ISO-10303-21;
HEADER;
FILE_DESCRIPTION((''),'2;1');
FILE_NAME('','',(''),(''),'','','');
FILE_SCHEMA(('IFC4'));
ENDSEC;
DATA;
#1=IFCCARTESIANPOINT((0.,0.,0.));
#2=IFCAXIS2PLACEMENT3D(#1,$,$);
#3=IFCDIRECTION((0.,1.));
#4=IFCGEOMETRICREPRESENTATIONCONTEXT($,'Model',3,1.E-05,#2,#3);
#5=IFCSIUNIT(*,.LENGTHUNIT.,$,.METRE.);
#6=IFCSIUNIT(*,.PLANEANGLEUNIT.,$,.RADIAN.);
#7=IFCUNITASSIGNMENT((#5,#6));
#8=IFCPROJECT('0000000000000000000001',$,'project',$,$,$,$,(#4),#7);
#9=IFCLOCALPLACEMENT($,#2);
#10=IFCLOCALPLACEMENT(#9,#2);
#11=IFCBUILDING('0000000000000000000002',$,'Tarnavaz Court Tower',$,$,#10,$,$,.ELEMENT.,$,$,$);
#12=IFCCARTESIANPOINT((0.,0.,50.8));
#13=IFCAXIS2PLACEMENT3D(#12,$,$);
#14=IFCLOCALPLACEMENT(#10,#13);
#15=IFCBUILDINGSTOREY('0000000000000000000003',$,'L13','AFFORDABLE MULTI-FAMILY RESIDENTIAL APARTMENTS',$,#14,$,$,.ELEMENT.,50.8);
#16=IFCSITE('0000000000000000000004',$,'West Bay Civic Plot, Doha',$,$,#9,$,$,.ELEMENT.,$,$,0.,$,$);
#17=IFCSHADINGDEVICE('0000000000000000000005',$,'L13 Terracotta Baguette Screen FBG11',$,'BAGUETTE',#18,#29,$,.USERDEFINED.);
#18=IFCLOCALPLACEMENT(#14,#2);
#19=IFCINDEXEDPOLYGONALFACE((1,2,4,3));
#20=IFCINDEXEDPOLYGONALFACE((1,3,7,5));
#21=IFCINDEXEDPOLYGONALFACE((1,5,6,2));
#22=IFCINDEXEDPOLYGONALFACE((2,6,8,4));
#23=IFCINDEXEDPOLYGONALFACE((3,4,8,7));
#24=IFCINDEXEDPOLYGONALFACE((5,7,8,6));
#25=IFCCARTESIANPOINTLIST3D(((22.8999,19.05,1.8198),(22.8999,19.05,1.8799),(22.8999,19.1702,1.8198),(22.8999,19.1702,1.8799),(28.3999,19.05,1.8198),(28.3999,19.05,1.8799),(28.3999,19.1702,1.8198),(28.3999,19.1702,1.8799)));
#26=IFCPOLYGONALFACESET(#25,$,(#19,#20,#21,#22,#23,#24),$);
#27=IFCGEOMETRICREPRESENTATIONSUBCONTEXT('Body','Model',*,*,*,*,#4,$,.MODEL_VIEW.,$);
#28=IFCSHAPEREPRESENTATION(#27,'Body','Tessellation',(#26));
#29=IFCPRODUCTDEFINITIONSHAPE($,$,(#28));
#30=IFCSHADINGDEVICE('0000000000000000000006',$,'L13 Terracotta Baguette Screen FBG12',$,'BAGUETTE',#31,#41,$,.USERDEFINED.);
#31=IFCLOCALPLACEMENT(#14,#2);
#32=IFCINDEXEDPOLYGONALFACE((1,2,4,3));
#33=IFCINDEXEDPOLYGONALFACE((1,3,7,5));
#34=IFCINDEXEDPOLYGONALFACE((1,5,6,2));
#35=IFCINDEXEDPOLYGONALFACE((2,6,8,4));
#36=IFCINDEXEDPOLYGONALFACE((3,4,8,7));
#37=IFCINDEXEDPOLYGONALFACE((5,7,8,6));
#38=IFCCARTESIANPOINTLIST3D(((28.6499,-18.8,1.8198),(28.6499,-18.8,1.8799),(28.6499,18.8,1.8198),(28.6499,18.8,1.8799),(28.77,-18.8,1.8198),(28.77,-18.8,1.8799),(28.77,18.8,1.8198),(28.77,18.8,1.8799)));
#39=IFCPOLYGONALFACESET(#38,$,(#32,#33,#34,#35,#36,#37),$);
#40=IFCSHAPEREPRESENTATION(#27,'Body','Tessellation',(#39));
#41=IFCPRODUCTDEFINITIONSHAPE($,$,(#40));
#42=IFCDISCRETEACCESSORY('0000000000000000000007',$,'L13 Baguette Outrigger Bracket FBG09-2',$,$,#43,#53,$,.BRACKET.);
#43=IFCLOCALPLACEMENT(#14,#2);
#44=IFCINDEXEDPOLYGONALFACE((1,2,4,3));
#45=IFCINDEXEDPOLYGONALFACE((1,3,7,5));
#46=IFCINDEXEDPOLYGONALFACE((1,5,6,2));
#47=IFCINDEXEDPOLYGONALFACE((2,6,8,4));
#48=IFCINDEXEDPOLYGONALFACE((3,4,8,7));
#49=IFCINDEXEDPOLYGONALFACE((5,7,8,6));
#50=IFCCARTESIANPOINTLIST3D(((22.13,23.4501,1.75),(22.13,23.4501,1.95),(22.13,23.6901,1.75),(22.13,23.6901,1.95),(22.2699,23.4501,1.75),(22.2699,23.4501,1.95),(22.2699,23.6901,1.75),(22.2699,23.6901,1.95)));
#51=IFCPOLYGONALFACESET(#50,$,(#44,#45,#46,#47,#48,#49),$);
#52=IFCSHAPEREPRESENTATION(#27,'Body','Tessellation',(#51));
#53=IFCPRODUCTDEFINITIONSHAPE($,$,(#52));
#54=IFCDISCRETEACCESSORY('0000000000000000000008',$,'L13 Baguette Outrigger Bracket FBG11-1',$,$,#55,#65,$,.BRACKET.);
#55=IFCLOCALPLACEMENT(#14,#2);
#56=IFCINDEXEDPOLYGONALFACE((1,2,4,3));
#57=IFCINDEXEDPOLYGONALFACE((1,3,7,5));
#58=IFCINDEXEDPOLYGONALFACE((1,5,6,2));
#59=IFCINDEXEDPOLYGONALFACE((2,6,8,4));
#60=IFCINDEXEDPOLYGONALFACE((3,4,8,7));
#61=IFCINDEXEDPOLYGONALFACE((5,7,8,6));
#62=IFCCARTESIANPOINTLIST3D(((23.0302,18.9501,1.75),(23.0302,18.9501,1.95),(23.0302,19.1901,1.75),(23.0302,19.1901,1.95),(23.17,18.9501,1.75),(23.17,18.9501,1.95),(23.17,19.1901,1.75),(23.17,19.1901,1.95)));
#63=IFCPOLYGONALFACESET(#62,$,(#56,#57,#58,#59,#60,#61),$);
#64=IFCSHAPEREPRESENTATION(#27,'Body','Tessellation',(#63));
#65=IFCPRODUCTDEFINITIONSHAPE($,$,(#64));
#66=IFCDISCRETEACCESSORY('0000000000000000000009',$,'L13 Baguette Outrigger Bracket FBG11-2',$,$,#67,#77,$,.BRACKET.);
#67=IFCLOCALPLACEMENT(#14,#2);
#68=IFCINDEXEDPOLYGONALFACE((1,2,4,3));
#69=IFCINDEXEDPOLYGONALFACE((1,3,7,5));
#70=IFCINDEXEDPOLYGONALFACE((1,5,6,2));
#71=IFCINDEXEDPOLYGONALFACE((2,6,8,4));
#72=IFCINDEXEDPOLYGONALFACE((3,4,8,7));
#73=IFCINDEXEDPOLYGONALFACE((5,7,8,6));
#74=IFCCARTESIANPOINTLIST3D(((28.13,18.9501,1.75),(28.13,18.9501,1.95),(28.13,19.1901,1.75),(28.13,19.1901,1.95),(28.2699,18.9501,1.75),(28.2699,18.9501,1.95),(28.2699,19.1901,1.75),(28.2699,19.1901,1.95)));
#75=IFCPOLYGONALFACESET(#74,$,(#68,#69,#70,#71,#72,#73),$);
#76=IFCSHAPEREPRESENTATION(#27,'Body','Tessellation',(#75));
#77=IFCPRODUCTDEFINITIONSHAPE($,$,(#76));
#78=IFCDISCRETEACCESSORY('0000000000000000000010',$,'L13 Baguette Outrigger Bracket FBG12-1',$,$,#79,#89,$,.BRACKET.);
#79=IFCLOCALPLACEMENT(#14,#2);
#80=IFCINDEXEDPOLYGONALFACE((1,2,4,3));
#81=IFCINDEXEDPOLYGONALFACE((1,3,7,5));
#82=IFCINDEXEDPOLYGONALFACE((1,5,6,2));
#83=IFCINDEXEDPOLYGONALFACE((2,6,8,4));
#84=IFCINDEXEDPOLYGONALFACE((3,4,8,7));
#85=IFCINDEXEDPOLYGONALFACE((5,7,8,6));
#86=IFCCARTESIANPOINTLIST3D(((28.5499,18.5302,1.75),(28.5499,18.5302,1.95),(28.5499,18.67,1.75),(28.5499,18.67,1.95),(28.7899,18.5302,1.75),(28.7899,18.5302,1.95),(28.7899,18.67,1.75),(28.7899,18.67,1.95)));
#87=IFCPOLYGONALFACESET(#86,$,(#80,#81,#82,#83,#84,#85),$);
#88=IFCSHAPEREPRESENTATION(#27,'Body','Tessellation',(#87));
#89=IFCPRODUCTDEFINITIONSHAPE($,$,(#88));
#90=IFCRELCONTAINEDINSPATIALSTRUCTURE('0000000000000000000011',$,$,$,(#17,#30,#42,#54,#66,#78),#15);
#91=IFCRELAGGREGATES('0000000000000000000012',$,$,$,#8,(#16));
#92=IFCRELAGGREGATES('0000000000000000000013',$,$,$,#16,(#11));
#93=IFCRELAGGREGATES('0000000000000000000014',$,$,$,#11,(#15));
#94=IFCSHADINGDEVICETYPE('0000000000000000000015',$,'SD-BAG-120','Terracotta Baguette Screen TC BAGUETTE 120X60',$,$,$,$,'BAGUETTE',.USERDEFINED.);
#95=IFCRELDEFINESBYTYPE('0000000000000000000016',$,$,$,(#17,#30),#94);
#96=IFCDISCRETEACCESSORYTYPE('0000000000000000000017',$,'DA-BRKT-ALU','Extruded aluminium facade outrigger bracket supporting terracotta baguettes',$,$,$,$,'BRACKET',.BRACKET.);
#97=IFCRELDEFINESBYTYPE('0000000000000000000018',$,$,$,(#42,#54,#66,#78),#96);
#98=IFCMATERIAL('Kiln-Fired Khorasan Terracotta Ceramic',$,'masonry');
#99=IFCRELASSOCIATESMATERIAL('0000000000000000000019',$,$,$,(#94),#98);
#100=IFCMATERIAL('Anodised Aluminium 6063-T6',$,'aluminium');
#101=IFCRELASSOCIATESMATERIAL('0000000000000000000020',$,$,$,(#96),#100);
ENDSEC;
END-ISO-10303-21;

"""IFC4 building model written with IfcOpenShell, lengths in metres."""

from ifc_helpers import new_model, si_unit, direction, frame, origin, origin_2d, place, context, subcontext, project, spatial, rectangle, extrude, material, material_profile, profile_set, type_object, element, save


model = new_model("IFC4")

# Units and contexts
model_context = context("Model", 3, precision=1e-05, world=origin(), true_north=direction((0.0, 1.0)))
body_context = subcontext(model_context, "Body", "Model", "MODEL_VIEW")
ifc_project = project(units=[si_unit("LENGTHUNIT", "METRE"), si_unit("PLANEANGLEUNIT", "RADIAN")], contexts=[model_context])

# Site, building, storey
site_placement = place(None, origin())
site = spatial("IfcSite", under=ifc_project, at=site_placement, Name="West Bay Civic Plot, Doha", CompositionType="ELEMENT", RefElevation=0.0)
building_placement = place(site_placement, origin())
building = spatial("IfcBuilding", under=site, at=building_placement, Name="Tarnavaz Court Tower", CompositionType="ELEMENT")
storey_placement = place(building_placement, frame((0.0, 0.0, 50.8)))
storey = spatial("IfcBuildingStorey", under=building, at=storey_placement, Name="L13", Description="AFFORDABLE MULTI-FAMILY RESIDENTIAL APARTMENTS", CompositionType="ELEMENT", Elevation=50.8)

# Shading devices
ifc_material_1 = material(Name="Kiln-Fired Khorasan Terracotta Ceramic", Category="masonry")
ifc_material_profile_1 = material_profile(ifc_material_1, rectangle(XDim=0.1201, YDim=0.0601, at=origin_2d()), Name="TC BAGUETTE 120X60")
ifc_profile_set_1 = profile_set([ifc_material_profile_1], Name="Kiln-Fired Khorasan Terracotta Ceramic")
shading_device_type = type_object("IfcShadingDeviceType", Name="SD-BAG-120", Description="Terracotta Baguette Screen TC BAGUETTE 120X60", ElementType="BAGUETTE", PredefinedType="USERDEFINED", material=ifc_profile_set_1)
shading_device_1_placement = place(storey_placement, frame((22.8999, 19.1101, 1.8499), z_axis=(1.0, 0.0, 0.0), x_axis=(0.0, 1.0, 0.0)))
element("IfcShadingDevice", 1, at=shading_device_1_placement, inside=storey, type_object=shading_device_type, Name="L13 Terracotta Baguette Screen FBG11", ObjectType="BAGUETTE", PredefinedType="USERDEFINED", context=body_context, shape_type="SweptSolid", body=[
    extrude(rectangle(XDim=0.1201, YDim=0.0601, at=origin_2d()), origin(), (0.0, 0.0, 1.0), 5.5),
])
shading_device_2_placement = place(storey_placement, frame((28.71, 18.8, 1.8499), z_axis=(0.0, -1.0, 0.0), x_axis=(1.0, 0.0, 0.0)))
element("IfcShadingDevice", 2, at=shading_device_2_placement, inside=storey, type_object=shading_device_type, Name="L13 Terracotta Baguette Screen FBG12", ObjectType="BAGUETTE", PredefinedType="USERDEFINED", context=body_context, shape_type="SweptSolid", body=[
    extrude(rectangle(XDim=0.1201, YDim=0.0601, at=origin_2d()), origin(), (0.0, 0.0, 1.0), 37.6001),
])

# Discrete accessories
ifc_material_2 = material(Name="Anodised Aluminium 6063-T6", Category="aluminium")
discrete_accessory_type = type_object("IfcDiscreteAccessoryType", Name="DA-BRKT-ALU", Description="Extruded aluminium facade outrigger bracket supporting terracotta baguettes", ElementType="BRACKET", PredefinedType="BRACKET", material=ifc_material_2)
for number, where, z_axis, x_axis, name in (
    (3, (22.2, 23.5701, 1.75), (0.0, 0.0, 1.0), (1.0, 0.0, 0.0), "L13 Baguette Outrigger Bracket FBG09-2"),
    (4, (23.1001, 19.0701, 1.75), (0.0, 0.0, 1.0), (1.0, 0.0, 0.0), "L13 Baguette Outrigger Bracket FBG11-1"),
    (5, (28.2, 19.0701, 1.75), (0.0, 0.0, 1.0), (1.0, 0.0, 0.0), "L13 Baguette Outrigger Bracket FBG11-2"),
    (6, (28.6699, 18.6001, 1.75), (0.0, 0.0, 1.0), (0.0, -1.0, 0.0), "L13 Baguette Outrigger Bracket FBG12-1"),
):
    element("IfcDiscreteAccessory", number, at=place(storey_placement, frame(where, z_axis=z_axis, x_axis=x_axis)), inside=storey, type_object=discrete_accessory_type, Name=name, PredefinedType="BRACKET", context=body_context, shape_type="SweptSolid", body=[
        extrude(rectangle(XDim=0.1399, YDim=0.24, at=origin_2d()), origin(), (0.0, 0.0, 1.0), 0.2),
    ])

save(model, "model.ifc")
